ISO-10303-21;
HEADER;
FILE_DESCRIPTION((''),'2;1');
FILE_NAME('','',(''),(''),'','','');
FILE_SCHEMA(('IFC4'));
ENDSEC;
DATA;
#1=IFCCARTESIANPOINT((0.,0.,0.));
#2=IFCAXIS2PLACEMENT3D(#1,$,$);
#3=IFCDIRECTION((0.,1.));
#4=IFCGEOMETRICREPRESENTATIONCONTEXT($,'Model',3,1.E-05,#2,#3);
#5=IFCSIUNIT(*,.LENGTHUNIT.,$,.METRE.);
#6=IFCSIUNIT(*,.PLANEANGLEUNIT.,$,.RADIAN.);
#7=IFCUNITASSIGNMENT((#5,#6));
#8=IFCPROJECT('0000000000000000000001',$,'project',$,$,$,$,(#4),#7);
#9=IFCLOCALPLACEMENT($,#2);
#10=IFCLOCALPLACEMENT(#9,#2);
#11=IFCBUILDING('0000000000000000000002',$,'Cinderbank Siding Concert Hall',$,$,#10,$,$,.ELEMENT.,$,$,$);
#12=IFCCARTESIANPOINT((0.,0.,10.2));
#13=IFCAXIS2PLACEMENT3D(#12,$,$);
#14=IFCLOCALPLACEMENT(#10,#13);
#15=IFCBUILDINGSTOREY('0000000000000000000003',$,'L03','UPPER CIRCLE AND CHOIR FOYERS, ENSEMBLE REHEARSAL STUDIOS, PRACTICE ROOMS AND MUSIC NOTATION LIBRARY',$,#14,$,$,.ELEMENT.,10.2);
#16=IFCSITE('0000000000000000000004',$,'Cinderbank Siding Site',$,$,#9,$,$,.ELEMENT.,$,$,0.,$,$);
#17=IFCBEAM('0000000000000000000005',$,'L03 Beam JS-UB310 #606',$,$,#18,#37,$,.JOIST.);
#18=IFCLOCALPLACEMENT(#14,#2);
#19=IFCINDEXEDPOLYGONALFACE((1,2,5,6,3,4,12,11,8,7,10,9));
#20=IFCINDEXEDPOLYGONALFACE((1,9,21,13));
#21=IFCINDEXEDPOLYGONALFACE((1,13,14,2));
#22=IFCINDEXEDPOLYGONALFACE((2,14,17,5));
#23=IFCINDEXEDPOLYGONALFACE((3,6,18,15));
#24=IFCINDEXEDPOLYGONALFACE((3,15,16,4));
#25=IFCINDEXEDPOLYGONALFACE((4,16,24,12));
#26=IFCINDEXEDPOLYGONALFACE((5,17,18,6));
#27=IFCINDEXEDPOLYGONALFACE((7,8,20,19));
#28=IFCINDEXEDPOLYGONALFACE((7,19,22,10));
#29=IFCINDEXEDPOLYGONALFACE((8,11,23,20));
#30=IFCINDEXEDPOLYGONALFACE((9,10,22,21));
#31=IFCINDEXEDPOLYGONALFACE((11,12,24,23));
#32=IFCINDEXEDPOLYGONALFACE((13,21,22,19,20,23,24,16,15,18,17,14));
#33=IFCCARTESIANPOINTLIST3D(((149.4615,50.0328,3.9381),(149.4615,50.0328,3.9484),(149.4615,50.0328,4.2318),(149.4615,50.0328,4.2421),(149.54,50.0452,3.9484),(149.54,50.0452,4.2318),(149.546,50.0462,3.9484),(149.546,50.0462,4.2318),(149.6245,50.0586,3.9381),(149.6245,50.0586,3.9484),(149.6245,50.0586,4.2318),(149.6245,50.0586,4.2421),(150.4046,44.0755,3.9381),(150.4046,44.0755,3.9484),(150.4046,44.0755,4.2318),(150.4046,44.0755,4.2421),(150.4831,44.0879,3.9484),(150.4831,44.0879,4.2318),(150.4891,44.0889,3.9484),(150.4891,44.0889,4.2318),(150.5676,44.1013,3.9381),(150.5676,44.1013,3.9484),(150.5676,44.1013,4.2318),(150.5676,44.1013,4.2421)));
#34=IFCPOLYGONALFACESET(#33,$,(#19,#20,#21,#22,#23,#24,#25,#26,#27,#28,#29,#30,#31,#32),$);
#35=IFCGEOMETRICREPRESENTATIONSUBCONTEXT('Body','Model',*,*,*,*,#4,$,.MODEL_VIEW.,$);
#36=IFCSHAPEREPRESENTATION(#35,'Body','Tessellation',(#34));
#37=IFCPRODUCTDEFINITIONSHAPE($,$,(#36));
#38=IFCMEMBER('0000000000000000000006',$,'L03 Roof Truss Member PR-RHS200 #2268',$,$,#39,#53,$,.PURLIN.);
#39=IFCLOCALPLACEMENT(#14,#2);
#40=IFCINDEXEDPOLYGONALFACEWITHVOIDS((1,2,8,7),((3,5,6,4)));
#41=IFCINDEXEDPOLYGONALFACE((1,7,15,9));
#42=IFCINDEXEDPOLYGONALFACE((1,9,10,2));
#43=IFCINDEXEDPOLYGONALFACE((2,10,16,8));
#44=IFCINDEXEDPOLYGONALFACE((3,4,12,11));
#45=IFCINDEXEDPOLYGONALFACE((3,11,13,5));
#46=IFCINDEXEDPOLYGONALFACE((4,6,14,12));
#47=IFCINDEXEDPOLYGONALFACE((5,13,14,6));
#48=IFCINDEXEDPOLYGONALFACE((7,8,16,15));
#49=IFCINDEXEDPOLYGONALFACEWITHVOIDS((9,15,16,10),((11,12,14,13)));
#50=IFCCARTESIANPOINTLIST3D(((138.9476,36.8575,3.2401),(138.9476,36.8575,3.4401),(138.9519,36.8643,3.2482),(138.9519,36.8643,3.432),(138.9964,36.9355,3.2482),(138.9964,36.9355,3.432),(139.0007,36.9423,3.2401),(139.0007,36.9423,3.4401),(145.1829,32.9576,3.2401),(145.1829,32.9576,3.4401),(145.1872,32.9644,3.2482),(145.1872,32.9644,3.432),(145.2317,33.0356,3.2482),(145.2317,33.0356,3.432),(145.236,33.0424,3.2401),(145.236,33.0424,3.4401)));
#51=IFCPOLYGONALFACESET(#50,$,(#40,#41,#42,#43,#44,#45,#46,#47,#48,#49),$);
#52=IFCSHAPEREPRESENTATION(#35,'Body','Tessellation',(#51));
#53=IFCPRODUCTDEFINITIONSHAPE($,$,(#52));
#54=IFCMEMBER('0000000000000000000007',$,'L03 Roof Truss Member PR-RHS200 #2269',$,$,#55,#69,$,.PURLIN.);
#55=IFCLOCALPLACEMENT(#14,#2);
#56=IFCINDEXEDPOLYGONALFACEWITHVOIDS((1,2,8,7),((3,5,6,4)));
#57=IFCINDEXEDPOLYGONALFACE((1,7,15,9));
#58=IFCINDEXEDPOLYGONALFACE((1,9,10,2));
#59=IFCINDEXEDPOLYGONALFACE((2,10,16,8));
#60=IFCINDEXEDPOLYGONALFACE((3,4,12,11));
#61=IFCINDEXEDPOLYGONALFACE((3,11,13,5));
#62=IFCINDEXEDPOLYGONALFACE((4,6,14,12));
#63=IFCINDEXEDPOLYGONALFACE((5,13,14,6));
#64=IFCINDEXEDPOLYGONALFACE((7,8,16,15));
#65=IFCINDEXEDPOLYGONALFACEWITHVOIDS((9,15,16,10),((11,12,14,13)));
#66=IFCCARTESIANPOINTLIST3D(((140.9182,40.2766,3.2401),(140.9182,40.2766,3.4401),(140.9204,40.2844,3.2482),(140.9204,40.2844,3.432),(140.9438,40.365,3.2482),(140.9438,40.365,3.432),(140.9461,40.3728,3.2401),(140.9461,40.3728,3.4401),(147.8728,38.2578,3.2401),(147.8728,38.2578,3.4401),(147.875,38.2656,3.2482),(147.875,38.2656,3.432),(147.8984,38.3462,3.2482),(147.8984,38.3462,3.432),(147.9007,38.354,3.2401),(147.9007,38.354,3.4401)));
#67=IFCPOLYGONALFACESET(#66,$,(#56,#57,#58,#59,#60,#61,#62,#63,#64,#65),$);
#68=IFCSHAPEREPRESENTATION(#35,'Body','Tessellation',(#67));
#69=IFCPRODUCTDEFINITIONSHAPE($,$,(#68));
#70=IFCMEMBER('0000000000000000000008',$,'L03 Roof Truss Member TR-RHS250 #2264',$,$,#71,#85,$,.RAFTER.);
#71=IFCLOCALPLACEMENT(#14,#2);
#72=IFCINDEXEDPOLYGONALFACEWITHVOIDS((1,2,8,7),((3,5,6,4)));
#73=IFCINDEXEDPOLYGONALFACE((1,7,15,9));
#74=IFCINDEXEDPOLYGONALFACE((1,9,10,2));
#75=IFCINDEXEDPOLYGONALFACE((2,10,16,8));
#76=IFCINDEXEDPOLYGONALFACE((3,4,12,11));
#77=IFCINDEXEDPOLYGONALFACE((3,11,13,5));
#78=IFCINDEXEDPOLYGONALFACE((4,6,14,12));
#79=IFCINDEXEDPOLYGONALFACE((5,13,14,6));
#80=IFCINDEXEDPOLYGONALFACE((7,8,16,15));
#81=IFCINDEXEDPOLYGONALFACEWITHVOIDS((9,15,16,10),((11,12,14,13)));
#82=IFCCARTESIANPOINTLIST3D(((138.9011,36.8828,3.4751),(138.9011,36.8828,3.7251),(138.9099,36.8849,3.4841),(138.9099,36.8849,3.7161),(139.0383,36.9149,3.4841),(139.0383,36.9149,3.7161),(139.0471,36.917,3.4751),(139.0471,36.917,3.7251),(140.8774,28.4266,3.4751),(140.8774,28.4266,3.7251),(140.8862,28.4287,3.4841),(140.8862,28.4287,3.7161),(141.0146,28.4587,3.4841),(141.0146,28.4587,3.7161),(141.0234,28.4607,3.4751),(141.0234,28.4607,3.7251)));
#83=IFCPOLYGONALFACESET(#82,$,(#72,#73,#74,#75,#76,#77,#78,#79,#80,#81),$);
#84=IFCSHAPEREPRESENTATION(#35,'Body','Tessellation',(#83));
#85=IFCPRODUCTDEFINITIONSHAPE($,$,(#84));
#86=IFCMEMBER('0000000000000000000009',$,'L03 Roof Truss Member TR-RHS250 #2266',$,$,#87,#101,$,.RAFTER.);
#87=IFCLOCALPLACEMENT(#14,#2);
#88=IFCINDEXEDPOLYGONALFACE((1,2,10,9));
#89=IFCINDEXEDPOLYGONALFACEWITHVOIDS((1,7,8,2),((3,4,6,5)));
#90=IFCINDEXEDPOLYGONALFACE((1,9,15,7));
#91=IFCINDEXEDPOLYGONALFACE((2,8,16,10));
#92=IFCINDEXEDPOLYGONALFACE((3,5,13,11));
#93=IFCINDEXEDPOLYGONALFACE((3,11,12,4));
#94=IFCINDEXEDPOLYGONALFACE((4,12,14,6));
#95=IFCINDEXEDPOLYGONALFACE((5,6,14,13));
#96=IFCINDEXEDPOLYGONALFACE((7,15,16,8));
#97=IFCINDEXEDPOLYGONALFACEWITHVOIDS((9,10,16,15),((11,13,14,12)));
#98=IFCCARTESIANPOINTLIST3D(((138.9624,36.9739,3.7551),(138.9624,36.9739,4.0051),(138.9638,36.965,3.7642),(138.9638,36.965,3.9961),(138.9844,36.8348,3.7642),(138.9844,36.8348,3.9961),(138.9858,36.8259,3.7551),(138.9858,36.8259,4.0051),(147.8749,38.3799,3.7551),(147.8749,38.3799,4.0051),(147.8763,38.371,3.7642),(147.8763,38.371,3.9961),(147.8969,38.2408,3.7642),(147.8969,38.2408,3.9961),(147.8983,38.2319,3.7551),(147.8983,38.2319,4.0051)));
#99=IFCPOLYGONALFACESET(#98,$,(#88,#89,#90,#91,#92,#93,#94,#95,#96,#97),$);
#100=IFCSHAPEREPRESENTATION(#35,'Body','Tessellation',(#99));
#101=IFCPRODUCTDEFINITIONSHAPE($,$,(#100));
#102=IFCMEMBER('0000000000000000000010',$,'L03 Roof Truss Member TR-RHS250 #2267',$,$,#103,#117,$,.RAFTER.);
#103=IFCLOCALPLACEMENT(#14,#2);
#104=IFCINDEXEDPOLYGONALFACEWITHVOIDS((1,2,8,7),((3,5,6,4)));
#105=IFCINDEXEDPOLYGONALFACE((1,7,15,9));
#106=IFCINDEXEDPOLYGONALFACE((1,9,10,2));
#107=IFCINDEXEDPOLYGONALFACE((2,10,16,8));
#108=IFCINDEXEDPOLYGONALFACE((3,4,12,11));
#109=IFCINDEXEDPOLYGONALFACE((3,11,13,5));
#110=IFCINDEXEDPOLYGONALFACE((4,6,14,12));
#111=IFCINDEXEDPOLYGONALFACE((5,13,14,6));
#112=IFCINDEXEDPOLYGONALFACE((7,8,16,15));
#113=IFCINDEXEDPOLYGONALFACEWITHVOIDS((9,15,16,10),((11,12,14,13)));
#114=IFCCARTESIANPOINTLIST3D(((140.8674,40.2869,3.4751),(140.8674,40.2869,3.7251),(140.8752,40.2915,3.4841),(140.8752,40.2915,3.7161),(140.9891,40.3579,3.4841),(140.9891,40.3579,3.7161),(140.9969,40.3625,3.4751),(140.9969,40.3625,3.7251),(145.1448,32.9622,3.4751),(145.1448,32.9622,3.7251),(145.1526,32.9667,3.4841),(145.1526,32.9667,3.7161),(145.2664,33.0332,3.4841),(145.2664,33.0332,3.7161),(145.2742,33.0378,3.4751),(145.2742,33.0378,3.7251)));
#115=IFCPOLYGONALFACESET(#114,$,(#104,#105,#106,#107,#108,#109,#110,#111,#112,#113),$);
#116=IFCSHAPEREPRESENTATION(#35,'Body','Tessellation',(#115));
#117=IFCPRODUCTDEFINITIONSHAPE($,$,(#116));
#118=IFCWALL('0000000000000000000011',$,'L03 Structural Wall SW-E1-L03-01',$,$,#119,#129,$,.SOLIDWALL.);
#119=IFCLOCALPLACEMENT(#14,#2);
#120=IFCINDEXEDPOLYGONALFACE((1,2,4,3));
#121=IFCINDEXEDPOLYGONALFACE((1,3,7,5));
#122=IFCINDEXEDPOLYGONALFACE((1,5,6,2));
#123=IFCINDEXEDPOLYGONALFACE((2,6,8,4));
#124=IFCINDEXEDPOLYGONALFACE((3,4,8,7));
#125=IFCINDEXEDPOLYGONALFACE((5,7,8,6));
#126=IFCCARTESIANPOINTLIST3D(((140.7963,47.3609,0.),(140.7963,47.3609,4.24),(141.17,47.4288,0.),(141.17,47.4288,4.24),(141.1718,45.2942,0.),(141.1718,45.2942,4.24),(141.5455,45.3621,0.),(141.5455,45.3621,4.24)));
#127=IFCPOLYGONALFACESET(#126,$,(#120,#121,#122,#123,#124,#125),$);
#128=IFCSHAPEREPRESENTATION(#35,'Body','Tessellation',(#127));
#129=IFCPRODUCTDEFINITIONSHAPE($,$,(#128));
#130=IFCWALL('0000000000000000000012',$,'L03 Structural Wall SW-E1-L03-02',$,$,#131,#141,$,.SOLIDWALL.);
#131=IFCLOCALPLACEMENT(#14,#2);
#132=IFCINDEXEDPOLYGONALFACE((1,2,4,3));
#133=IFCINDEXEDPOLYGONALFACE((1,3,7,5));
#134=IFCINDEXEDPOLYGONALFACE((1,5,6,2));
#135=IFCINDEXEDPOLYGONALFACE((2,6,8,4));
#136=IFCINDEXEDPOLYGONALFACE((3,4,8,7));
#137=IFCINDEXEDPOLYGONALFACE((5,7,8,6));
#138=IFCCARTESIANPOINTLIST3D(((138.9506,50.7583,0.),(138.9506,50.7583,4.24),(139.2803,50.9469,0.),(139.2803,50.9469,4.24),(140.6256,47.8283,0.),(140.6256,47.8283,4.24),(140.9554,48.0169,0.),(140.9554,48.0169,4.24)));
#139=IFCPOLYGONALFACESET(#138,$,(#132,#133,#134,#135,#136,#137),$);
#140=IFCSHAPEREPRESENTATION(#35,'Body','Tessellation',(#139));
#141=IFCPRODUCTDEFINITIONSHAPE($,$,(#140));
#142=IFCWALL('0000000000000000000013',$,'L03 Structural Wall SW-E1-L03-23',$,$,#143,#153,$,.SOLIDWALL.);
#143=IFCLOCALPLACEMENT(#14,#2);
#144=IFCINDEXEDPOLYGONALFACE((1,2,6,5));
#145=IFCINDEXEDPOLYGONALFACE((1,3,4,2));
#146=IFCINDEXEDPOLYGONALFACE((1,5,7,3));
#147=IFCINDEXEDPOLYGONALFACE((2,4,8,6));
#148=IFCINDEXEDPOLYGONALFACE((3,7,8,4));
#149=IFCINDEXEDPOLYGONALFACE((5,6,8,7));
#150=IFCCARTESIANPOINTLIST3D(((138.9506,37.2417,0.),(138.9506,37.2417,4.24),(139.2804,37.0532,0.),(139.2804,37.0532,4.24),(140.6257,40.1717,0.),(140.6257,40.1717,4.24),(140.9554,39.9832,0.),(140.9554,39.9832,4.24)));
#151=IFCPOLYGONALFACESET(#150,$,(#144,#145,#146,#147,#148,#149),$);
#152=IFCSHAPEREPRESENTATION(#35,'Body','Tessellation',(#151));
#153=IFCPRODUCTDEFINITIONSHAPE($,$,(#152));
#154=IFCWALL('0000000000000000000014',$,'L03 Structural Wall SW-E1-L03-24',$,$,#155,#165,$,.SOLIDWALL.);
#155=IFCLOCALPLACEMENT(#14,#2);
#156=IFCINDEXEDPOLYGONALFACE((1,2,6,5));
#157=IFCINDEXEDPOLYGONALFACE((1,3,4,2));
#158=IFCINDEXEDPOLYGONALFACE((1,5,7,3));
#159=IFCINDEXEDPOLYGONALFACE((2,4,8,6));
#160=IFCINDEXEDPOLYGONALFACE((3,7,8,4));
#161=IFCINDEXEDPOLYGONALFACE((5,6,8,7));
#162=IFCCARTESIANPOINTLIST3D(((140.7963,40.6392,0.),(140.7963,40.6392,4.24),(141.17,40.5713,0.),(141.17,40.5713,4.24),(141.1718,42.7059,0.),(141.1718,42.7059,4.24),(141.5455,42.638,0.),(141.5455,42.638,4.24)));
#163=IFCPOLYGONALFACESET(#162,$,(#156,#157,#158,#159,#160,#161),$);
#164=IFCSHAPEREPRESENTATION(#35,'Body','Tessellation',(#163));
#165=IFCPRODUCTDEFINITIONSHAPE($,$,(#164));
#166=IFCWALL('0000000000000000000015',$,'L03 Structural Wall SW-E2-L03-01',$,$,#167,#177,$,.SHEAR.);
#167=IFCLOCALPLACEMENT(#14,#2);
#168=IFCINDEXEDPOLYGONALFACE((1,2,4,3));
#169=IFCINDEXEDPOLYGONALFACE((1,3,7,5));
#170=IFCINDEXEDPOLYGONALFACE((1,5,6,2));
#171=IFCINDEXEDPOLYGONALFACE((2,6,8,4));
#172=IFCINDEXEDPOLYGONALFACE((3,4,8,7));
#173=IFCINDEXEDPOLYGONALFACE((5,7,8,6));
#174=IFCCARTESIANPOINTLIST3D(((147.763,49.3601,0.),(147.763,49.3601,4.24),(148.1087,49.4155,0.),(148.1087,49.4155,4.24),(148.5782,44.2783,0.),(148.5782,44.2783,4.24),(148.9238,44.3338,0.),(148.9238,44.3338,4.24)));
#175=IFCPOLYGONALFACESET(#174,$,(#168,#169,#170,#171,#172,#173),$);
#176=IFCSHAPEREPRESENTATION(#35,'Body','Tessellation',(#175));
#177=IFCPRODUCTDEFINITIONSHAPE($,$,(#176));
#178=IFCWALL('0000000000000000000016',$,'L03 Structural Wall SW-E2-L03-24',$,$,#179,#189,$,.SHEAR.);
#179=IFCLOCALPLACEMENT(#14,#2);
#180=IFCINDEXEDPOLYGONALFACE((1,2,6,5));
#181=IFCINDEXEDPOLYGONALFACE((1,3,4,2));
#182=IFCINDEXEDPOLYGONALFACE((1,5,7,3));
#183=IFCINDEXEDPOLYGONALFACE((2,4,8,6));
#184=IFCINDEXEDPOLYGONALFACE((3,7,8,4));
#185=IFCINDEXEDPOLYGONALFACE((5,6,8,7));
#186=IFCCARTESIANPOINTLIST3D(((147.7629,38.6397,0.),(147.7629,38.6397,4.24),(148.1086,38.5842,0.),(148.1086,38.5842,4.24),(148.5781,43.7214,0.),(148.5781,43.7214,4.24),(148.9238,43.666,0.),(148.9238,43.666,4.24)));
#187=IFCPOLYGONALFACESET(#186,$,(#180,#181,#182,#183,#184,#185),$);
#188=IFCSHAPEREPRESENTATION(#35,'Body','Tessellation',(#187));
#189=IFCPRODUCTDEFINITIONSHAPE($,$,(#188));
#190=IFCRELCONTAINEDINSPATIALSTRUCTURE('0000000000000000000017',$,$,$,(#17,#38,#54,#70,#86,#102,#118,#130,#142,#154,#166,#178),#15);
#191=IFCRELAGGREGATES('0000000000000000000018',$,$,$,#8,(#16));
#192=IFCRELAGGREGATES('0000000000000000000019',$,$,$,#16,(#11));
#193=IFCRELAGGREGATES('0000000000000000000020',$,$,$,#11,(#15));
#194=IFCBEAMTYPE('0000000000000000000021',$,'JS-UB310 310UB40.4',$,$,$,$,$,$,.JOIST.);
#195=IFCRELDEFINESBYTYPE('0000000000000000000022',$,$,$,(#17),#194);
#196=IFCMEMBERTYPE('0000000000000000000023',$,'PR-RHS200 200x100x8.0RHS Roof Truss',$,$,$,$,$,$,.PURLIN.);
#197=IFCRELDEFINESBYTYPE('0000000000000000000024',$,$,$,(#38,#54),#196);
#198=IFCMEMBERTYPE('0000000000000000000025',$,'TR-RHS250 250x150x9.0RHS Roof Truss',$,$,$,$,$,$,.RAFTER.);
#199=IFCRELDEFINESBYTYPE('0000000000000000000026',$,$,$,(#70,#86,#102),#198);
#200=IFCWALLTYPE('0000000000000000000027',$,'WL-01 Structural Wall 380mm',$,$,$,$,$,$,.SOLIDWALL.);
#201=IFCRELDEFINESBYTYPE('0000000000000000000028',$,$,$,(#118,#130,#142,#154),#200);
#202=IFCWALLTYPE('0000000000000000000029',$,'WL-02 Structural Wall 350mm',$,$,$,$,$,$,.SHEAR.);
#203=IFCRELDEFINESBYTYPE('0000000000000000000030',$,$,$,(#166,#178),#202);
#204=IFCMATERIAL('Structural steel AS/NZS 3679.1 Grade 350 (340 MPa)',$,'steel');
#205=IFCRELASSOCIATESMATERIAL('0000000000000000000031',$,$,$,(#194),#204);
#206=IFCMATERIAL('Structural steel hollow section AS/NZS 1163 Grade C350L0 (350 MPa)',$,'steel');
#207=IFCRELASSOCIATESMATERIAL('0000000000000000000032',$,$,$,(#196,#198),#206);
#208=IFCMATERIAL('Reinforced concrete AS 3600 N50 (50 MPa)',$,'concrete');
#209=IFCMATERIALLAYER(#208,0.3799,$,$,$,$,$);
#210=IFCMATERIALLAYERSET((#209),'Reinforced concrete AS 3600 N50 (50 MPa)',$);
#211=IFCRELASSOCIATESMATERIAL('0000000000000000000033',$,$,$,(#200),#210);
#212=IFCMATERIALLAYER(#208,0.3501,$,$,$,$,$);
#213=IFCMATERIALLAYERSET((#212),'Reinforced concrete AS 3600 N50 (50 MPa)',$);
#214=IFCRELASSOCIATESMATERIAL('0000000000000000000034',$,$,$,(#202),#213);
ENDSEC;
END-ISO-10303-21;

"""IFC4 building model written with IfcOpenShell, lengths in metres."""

from ifc_helpers import new_model, si_unit, direction, frame, frame_2d, origin, origin_2d, place, context, subcontext, project, spatial, rectangle, hollow_rectangle, i_section, extrude, material, layer, layer_set, material_profile, profile_set, type_object, element, save


model = new_model("IFC4")

# Units and contexts
model_context = context("Model", 3, precision=1e-05, world=origin(), true_north=direction((0.0, 1.0)))
body_context = subcontext(model_context, "Body", "Model", "MODEL_VIEW")
ifc_project = project(units=[si_unit("LENGTHUNIT", "METRE"), si_unit("PLANEANGLEUNIT", "RADIAN")], contexts=[model_context])

# Site, building, storey
site_placement = place(None, origin())
site = spatial("IfcSite", under=ifc_project, at=site_placement, Name="Cinderbank Siding Site", CompositionType="ELEMENT", RefElevation=0.0)
building_placement = place(site_placement, origin())
building = spatial("IfcBuilding", under=site, at=building_placement, Name="Cinderbank Siding Concert Hall", CompositionType="ELEMENT")
storey_placement = place(building_placement, frame((0.0, 0.0, 10.2)))
storey = spatial("IfcBuildingStorey", under=building, at=storey_placement, Name="L03", Description="UPPER CIRCLE AND CHOIR FOYERS, ENSEMBLE REHEARSAL STUDIOS, PRACTICE ROOMS AND MUSIC NOTATION LIBRARY", CompositionType="ELEMENT", Elevation=10.2)

# Shared definitions
ifc_material_1 = material(Name="Reinforced concrete AS 3600 N50 (50 MPa)", Category="concrete")

# Beam
ifc_material_2 = material(Name="Structural steel AS/NZS 3679.1 Grade 350 (340 MPa)", Category="steel")
ifc_material_profile_1 = material_profile(ifc_material_2, i_section(OverallWidth=0.165, OverallDepth=0.304, WebThickness=0.0061, FlangeThickness=0.0103, at=origin_2d()), Name="310UB40.4", Category="LoadBearing")
ifc_profile_set_1 = profile_set([ifc_material_profile_1], Name="Structural steel AS/NZS 3679.1 Grade 350 (340 MPa)")
beam_type_1 = type_object("IfcBeamType", Name="JS-UB310 310UB40.4", PredefinedType="JOIST", material=ifc_profile_set_1)
beam_1_placement = place(storey_placement, frame((150.4861, 44.0884, 4.0901), z_axis=(-0.156366, 0.987699, 0.0), x_axis=(-0.987699, -0.156366, 0.0)))
element("IfcBeam", 1, at=beam_1_placement, inside=storey, type_object=beam_type_1, Name="L03 Beam JS-UB310 #606", PredefinedType="JOIST", context=body_context, shape_type="SweptSolid", body=[
    extrude(i_section(OverallWidth=0.165, OverallDepth=0.304, WebThickness=0.0061, FlangeThickness=0.0103, at=origin_2d()), origin(), (0.0, 0.0, 1.0), 6.0315),
])

# Members
ifc_material_3 = material(Name="Structural steel hollow section AS/NZS 1163 Grade C350L0 (350 MPa)", Category="steel")
ifc_material_profile_2 = material_profile(ifc_material_3, hollow_rectangle(XDim=0.1001, YDim=0.2, WallThickness=0.0081, at=origin_2d()), Name="200x100x8.0RHS", Category="LoadBearing")
ifc_profile_set_2 = profile_set([ifc_material_profile_2], Name="Structural steel hollow section AS/NZS 1163 Grade C350L0 (350 MPa)")
member_type_1 = type_object("IfcMemberType", Name="PR-RHS200 200x100x8.0RHS Roof Truss", PredefinedType="PURLIN", material=ifc_profile_set_2)
member_1_placement = place(storey_placement, frame((138.9741, 36.8999, 3.3401), z_axis=(0.847827, -0.530273, 0.0), x_axis=(0.530273, 0.847827, 0.0)))
element("IfcMember", 2, at=member_1_placement, inside=storey, type_object=member_type_1, Name="L03 Roof Truss Member PR-RHS200 #2268", PredefinedType="PURLIN", context=body_context, shape_type="SweptSolid", body=[
    extrude(hollow_rectangle(XDim=0.1001, YDim=0.2, WallThickness=0.0081, at=origin_2d()), origin(), (0.0, 0.0, 1.0), 7.3545),
])
member_2_placement = place(storey_placement, frame((140.9321, 40.3247, 3.3401), z_axis=(0.960356, -0.278775, 0.0), x_axis=(0.278775, 0.960356, 0.0)))
element("IfcMember", 3, at=member_2_placement, inside=storey, type_object=member_type_1, Name="L03 Roof Truss Member PR-RHS200 #2269", PredefinedType="PURLIN", context=body_context, shape_type="SweptSolid", body=[
    extrude(hollow_rectangle(XDim=0.1001, YDim=0.2, WallThickness=0.0081, at=origin_2d()), origin(), (0.0, 0.0, 1.0), 7.2417),
])
ifc_material_profile_3 = material_profile(ifc_material_3, hollow_rectangle(XDim=0.1499, YDim=0.25, WallThickness=0.009, at=origin_2d()), Name="250x150x9.0RHS", Category="LoadBearing")
ifc_profile_set_3 = profile_set([ifc_material_profile_3], Name="Structural steel hollow section AS/NZS 1163 Grade C350L0 (350 MPa)")
member_type_2 = type_object("IfcMemberType", Name="TR-RHS250 250x150x9.0RHS Roof Truss", PredefinedType="RAFTER", material=ifc_profile_set_3)
member_3_placement = place(storey_placement, frame((138.9741, 36.8999, 3.6001), z_axis=(0.227577, -0.97376, 0.0), x_axis=(0.97376, 0.227577, 0.0)))
element("IfcMember", 4, at=member_3_placement, inside=storey, type_object=member_type_2, Name="L03 Roof Truss Member TR-RHS250 #2264", PredefinedType="RAFTER", context=body_context, shape_type="SweptSolid", body=[
    extrude(hollow_rectangle(XDim=0.1499, YDim=0.25, WallThickness=0.009, at=origin_2d()), origin(), (0.0, 0.0, 1.0), 8.6841),
])
member_4_placement = place(storey_placement, frame((138.9741, 36.8999, 3.8801), z_axis=(0.987784, 0.155828, 0.0), x_axis=(-0.155828, 0.987784, 0.0)))
element("IfcMember", 5, at=member_4_placement, inside=storey, type_object=member_type_2, Name="L03 Roof Truss Member TR-RHS250 #2266", PredefinedType="RAFTER", context=body_context, shape_type="SweptSolid", body=[
    extrude(hollow_rectangle(XDim=0.1499, YDim=0.25, WallThickness=0.009, at=origin_2d()), origin(), (0.0, 0.0, 1.0), 9.0227),
])
member_5_placement = place(storey_placement, frame((140.9321, 40.3247, 3.6001), z_axis=(0.504275, -0.863543, 0.0), x_axis=(0.863543, 0.504275, 0.0)))
element("IfcMember", 6, at=member_5_placement, inside=storey, type_object=member_type_2, Name="L03 Roof Truss Member TR-RHS250 #2267", PredefinedType="RAFTER", context=body_context, shape_type="SweptSolid", body=[
    extrude(hollow_rectangle(XDim=0.1499, YDim=0.25, WallThickness=0.009, at=origin_2d()), origin(), (0.0, 0.0, 1.0), 8.4822),
])

# Walls
ifc_layer_1 = layer(ifc_material_1, 0.3799)
ifc_layer_set_1 = layer_set([ifc_layer_1], Name="Reinforced concrete AS 3600 N50 (50 MPa)")
wall_type_1 = type_object("IfcWallType", Name="WL-01 Structural Wall 380mm", PredefinedType="SOLIDWALL", material=ifc_layer_set_1)
wall_1_placement = place(storey_placement, frame((141.3586, 45.3281, 0.0), z_axis=(0.0, 0.0, 1.0), x_axis=(-0.178763, 0.983892, 0.0)))
element("IfcWall", 7, at=wall_1_placement, inside=storey, type_object=wall_type_1, Name="L03 Structural Wall SW-E1-L03-01", PredefinedType="SOLIDWALL", context=body_context, shape_type="SweptSolid", body=[
    extrude(rectangle(XDim=2.1006, YDim=0.3799, at=frame_2d((1.0503, 0.0))), origin(), (0.0, 0.0, 1.0), 4.24),
])
for number, where, z_axis, x_axis, name in (
    (8, (140.7905, 47.9226, 0.0), (0.0, 0.0, 1.0), (-0.496318, 0.868141, 0.0), "L03 Structural Wall SW-E1-L03-02"),
    (9, (139.1155, 37.1475, 0.0), (0.0, 0.0, 1.0), (0.496318, 0.868141, 0.0), "L03 Structural Wall SW-E1-L03-23"),
):
    element("IfcWall", number, at=place(storey_placement, frame(where, z_axis=z_axis, x_axis=x_axis)), inside=storey, type_object=wall_type_1, Name=name, PredefinedType="SOLIDWALL", context=body_context, shape_type="SweptSolid", body=[
        extrude(rectangle(XDim=3.375, YDim=0.3799, at=frame_2d((1.6875, 0.0))), origin(), (0.0, 0.0, 1.0), 4.24),
    ])
wall_2_placement = place(storey_placement, frame((140.9832, 40.6052, 0.0), z_axis=(0.0, 0.0, 1.0), x_axis=(0.178763, 0.983892, 0.0)))
element("IfcWall", 10, at=wall_2_placement, inside=storey, type_object=wall_type_1, Name="L03 Structural Wall SW-E1-L03-24", PredefinedType="SOLIDWALL", context=body_context, shape_type="SweptSolid", body=[
    extrude(rectangle(XDim=2.1006, YDim=0.3799, at=frame_2d((1.0503, 0.0))), origin(), (0.0, 0.0, 1.0), 4.24),
])
ifc_layer_2 = layer(ifc_material_1, 0.3501)
ifc_layer_set_2 = layer_set([ifc_layer_2], Name="Reinforced concrete AS 3600 N50 (50 MPa)")
wall_type_2 = type_object("IfcWallType", Name="WL-02 Structural Wall 350mm", PredefinedType="SHEAR", material=ifc_layer_set_2)
for number, where, z_axis, x_axis, name in (
    (11, (148.751, 44.3062, 0.0), (0.0, 0.0, 1.0), (-0.158388, 0.987377, 0.0), "L03 Structural Wall SW-E2-L03-01"),
    (12, (147.9358, 38.6121, 0.0), (0.0, 0.0, 1.0), (0.158388, 0.987377, 0.0), "L03 Structural Wall SW-E2-L03-24"),
):
    element("IfcWall", number, at=place(storey_placement, frame(where, z_axis=z_axis, x_axis=x_axis)), inside=storey, type_object=wall_type_2, Name=name, PredefinedType="SHEAR", context=body_context, shape_type="SweptSolid", body=[
        extrude(rectangle(XDim=5.1467, YDim=0.3501, at=frame_2d((2.5732, 0.0))), origin(), (0.0, 0.0, 1.0), 4.24),
    ])

save(model, "model.ifc")
